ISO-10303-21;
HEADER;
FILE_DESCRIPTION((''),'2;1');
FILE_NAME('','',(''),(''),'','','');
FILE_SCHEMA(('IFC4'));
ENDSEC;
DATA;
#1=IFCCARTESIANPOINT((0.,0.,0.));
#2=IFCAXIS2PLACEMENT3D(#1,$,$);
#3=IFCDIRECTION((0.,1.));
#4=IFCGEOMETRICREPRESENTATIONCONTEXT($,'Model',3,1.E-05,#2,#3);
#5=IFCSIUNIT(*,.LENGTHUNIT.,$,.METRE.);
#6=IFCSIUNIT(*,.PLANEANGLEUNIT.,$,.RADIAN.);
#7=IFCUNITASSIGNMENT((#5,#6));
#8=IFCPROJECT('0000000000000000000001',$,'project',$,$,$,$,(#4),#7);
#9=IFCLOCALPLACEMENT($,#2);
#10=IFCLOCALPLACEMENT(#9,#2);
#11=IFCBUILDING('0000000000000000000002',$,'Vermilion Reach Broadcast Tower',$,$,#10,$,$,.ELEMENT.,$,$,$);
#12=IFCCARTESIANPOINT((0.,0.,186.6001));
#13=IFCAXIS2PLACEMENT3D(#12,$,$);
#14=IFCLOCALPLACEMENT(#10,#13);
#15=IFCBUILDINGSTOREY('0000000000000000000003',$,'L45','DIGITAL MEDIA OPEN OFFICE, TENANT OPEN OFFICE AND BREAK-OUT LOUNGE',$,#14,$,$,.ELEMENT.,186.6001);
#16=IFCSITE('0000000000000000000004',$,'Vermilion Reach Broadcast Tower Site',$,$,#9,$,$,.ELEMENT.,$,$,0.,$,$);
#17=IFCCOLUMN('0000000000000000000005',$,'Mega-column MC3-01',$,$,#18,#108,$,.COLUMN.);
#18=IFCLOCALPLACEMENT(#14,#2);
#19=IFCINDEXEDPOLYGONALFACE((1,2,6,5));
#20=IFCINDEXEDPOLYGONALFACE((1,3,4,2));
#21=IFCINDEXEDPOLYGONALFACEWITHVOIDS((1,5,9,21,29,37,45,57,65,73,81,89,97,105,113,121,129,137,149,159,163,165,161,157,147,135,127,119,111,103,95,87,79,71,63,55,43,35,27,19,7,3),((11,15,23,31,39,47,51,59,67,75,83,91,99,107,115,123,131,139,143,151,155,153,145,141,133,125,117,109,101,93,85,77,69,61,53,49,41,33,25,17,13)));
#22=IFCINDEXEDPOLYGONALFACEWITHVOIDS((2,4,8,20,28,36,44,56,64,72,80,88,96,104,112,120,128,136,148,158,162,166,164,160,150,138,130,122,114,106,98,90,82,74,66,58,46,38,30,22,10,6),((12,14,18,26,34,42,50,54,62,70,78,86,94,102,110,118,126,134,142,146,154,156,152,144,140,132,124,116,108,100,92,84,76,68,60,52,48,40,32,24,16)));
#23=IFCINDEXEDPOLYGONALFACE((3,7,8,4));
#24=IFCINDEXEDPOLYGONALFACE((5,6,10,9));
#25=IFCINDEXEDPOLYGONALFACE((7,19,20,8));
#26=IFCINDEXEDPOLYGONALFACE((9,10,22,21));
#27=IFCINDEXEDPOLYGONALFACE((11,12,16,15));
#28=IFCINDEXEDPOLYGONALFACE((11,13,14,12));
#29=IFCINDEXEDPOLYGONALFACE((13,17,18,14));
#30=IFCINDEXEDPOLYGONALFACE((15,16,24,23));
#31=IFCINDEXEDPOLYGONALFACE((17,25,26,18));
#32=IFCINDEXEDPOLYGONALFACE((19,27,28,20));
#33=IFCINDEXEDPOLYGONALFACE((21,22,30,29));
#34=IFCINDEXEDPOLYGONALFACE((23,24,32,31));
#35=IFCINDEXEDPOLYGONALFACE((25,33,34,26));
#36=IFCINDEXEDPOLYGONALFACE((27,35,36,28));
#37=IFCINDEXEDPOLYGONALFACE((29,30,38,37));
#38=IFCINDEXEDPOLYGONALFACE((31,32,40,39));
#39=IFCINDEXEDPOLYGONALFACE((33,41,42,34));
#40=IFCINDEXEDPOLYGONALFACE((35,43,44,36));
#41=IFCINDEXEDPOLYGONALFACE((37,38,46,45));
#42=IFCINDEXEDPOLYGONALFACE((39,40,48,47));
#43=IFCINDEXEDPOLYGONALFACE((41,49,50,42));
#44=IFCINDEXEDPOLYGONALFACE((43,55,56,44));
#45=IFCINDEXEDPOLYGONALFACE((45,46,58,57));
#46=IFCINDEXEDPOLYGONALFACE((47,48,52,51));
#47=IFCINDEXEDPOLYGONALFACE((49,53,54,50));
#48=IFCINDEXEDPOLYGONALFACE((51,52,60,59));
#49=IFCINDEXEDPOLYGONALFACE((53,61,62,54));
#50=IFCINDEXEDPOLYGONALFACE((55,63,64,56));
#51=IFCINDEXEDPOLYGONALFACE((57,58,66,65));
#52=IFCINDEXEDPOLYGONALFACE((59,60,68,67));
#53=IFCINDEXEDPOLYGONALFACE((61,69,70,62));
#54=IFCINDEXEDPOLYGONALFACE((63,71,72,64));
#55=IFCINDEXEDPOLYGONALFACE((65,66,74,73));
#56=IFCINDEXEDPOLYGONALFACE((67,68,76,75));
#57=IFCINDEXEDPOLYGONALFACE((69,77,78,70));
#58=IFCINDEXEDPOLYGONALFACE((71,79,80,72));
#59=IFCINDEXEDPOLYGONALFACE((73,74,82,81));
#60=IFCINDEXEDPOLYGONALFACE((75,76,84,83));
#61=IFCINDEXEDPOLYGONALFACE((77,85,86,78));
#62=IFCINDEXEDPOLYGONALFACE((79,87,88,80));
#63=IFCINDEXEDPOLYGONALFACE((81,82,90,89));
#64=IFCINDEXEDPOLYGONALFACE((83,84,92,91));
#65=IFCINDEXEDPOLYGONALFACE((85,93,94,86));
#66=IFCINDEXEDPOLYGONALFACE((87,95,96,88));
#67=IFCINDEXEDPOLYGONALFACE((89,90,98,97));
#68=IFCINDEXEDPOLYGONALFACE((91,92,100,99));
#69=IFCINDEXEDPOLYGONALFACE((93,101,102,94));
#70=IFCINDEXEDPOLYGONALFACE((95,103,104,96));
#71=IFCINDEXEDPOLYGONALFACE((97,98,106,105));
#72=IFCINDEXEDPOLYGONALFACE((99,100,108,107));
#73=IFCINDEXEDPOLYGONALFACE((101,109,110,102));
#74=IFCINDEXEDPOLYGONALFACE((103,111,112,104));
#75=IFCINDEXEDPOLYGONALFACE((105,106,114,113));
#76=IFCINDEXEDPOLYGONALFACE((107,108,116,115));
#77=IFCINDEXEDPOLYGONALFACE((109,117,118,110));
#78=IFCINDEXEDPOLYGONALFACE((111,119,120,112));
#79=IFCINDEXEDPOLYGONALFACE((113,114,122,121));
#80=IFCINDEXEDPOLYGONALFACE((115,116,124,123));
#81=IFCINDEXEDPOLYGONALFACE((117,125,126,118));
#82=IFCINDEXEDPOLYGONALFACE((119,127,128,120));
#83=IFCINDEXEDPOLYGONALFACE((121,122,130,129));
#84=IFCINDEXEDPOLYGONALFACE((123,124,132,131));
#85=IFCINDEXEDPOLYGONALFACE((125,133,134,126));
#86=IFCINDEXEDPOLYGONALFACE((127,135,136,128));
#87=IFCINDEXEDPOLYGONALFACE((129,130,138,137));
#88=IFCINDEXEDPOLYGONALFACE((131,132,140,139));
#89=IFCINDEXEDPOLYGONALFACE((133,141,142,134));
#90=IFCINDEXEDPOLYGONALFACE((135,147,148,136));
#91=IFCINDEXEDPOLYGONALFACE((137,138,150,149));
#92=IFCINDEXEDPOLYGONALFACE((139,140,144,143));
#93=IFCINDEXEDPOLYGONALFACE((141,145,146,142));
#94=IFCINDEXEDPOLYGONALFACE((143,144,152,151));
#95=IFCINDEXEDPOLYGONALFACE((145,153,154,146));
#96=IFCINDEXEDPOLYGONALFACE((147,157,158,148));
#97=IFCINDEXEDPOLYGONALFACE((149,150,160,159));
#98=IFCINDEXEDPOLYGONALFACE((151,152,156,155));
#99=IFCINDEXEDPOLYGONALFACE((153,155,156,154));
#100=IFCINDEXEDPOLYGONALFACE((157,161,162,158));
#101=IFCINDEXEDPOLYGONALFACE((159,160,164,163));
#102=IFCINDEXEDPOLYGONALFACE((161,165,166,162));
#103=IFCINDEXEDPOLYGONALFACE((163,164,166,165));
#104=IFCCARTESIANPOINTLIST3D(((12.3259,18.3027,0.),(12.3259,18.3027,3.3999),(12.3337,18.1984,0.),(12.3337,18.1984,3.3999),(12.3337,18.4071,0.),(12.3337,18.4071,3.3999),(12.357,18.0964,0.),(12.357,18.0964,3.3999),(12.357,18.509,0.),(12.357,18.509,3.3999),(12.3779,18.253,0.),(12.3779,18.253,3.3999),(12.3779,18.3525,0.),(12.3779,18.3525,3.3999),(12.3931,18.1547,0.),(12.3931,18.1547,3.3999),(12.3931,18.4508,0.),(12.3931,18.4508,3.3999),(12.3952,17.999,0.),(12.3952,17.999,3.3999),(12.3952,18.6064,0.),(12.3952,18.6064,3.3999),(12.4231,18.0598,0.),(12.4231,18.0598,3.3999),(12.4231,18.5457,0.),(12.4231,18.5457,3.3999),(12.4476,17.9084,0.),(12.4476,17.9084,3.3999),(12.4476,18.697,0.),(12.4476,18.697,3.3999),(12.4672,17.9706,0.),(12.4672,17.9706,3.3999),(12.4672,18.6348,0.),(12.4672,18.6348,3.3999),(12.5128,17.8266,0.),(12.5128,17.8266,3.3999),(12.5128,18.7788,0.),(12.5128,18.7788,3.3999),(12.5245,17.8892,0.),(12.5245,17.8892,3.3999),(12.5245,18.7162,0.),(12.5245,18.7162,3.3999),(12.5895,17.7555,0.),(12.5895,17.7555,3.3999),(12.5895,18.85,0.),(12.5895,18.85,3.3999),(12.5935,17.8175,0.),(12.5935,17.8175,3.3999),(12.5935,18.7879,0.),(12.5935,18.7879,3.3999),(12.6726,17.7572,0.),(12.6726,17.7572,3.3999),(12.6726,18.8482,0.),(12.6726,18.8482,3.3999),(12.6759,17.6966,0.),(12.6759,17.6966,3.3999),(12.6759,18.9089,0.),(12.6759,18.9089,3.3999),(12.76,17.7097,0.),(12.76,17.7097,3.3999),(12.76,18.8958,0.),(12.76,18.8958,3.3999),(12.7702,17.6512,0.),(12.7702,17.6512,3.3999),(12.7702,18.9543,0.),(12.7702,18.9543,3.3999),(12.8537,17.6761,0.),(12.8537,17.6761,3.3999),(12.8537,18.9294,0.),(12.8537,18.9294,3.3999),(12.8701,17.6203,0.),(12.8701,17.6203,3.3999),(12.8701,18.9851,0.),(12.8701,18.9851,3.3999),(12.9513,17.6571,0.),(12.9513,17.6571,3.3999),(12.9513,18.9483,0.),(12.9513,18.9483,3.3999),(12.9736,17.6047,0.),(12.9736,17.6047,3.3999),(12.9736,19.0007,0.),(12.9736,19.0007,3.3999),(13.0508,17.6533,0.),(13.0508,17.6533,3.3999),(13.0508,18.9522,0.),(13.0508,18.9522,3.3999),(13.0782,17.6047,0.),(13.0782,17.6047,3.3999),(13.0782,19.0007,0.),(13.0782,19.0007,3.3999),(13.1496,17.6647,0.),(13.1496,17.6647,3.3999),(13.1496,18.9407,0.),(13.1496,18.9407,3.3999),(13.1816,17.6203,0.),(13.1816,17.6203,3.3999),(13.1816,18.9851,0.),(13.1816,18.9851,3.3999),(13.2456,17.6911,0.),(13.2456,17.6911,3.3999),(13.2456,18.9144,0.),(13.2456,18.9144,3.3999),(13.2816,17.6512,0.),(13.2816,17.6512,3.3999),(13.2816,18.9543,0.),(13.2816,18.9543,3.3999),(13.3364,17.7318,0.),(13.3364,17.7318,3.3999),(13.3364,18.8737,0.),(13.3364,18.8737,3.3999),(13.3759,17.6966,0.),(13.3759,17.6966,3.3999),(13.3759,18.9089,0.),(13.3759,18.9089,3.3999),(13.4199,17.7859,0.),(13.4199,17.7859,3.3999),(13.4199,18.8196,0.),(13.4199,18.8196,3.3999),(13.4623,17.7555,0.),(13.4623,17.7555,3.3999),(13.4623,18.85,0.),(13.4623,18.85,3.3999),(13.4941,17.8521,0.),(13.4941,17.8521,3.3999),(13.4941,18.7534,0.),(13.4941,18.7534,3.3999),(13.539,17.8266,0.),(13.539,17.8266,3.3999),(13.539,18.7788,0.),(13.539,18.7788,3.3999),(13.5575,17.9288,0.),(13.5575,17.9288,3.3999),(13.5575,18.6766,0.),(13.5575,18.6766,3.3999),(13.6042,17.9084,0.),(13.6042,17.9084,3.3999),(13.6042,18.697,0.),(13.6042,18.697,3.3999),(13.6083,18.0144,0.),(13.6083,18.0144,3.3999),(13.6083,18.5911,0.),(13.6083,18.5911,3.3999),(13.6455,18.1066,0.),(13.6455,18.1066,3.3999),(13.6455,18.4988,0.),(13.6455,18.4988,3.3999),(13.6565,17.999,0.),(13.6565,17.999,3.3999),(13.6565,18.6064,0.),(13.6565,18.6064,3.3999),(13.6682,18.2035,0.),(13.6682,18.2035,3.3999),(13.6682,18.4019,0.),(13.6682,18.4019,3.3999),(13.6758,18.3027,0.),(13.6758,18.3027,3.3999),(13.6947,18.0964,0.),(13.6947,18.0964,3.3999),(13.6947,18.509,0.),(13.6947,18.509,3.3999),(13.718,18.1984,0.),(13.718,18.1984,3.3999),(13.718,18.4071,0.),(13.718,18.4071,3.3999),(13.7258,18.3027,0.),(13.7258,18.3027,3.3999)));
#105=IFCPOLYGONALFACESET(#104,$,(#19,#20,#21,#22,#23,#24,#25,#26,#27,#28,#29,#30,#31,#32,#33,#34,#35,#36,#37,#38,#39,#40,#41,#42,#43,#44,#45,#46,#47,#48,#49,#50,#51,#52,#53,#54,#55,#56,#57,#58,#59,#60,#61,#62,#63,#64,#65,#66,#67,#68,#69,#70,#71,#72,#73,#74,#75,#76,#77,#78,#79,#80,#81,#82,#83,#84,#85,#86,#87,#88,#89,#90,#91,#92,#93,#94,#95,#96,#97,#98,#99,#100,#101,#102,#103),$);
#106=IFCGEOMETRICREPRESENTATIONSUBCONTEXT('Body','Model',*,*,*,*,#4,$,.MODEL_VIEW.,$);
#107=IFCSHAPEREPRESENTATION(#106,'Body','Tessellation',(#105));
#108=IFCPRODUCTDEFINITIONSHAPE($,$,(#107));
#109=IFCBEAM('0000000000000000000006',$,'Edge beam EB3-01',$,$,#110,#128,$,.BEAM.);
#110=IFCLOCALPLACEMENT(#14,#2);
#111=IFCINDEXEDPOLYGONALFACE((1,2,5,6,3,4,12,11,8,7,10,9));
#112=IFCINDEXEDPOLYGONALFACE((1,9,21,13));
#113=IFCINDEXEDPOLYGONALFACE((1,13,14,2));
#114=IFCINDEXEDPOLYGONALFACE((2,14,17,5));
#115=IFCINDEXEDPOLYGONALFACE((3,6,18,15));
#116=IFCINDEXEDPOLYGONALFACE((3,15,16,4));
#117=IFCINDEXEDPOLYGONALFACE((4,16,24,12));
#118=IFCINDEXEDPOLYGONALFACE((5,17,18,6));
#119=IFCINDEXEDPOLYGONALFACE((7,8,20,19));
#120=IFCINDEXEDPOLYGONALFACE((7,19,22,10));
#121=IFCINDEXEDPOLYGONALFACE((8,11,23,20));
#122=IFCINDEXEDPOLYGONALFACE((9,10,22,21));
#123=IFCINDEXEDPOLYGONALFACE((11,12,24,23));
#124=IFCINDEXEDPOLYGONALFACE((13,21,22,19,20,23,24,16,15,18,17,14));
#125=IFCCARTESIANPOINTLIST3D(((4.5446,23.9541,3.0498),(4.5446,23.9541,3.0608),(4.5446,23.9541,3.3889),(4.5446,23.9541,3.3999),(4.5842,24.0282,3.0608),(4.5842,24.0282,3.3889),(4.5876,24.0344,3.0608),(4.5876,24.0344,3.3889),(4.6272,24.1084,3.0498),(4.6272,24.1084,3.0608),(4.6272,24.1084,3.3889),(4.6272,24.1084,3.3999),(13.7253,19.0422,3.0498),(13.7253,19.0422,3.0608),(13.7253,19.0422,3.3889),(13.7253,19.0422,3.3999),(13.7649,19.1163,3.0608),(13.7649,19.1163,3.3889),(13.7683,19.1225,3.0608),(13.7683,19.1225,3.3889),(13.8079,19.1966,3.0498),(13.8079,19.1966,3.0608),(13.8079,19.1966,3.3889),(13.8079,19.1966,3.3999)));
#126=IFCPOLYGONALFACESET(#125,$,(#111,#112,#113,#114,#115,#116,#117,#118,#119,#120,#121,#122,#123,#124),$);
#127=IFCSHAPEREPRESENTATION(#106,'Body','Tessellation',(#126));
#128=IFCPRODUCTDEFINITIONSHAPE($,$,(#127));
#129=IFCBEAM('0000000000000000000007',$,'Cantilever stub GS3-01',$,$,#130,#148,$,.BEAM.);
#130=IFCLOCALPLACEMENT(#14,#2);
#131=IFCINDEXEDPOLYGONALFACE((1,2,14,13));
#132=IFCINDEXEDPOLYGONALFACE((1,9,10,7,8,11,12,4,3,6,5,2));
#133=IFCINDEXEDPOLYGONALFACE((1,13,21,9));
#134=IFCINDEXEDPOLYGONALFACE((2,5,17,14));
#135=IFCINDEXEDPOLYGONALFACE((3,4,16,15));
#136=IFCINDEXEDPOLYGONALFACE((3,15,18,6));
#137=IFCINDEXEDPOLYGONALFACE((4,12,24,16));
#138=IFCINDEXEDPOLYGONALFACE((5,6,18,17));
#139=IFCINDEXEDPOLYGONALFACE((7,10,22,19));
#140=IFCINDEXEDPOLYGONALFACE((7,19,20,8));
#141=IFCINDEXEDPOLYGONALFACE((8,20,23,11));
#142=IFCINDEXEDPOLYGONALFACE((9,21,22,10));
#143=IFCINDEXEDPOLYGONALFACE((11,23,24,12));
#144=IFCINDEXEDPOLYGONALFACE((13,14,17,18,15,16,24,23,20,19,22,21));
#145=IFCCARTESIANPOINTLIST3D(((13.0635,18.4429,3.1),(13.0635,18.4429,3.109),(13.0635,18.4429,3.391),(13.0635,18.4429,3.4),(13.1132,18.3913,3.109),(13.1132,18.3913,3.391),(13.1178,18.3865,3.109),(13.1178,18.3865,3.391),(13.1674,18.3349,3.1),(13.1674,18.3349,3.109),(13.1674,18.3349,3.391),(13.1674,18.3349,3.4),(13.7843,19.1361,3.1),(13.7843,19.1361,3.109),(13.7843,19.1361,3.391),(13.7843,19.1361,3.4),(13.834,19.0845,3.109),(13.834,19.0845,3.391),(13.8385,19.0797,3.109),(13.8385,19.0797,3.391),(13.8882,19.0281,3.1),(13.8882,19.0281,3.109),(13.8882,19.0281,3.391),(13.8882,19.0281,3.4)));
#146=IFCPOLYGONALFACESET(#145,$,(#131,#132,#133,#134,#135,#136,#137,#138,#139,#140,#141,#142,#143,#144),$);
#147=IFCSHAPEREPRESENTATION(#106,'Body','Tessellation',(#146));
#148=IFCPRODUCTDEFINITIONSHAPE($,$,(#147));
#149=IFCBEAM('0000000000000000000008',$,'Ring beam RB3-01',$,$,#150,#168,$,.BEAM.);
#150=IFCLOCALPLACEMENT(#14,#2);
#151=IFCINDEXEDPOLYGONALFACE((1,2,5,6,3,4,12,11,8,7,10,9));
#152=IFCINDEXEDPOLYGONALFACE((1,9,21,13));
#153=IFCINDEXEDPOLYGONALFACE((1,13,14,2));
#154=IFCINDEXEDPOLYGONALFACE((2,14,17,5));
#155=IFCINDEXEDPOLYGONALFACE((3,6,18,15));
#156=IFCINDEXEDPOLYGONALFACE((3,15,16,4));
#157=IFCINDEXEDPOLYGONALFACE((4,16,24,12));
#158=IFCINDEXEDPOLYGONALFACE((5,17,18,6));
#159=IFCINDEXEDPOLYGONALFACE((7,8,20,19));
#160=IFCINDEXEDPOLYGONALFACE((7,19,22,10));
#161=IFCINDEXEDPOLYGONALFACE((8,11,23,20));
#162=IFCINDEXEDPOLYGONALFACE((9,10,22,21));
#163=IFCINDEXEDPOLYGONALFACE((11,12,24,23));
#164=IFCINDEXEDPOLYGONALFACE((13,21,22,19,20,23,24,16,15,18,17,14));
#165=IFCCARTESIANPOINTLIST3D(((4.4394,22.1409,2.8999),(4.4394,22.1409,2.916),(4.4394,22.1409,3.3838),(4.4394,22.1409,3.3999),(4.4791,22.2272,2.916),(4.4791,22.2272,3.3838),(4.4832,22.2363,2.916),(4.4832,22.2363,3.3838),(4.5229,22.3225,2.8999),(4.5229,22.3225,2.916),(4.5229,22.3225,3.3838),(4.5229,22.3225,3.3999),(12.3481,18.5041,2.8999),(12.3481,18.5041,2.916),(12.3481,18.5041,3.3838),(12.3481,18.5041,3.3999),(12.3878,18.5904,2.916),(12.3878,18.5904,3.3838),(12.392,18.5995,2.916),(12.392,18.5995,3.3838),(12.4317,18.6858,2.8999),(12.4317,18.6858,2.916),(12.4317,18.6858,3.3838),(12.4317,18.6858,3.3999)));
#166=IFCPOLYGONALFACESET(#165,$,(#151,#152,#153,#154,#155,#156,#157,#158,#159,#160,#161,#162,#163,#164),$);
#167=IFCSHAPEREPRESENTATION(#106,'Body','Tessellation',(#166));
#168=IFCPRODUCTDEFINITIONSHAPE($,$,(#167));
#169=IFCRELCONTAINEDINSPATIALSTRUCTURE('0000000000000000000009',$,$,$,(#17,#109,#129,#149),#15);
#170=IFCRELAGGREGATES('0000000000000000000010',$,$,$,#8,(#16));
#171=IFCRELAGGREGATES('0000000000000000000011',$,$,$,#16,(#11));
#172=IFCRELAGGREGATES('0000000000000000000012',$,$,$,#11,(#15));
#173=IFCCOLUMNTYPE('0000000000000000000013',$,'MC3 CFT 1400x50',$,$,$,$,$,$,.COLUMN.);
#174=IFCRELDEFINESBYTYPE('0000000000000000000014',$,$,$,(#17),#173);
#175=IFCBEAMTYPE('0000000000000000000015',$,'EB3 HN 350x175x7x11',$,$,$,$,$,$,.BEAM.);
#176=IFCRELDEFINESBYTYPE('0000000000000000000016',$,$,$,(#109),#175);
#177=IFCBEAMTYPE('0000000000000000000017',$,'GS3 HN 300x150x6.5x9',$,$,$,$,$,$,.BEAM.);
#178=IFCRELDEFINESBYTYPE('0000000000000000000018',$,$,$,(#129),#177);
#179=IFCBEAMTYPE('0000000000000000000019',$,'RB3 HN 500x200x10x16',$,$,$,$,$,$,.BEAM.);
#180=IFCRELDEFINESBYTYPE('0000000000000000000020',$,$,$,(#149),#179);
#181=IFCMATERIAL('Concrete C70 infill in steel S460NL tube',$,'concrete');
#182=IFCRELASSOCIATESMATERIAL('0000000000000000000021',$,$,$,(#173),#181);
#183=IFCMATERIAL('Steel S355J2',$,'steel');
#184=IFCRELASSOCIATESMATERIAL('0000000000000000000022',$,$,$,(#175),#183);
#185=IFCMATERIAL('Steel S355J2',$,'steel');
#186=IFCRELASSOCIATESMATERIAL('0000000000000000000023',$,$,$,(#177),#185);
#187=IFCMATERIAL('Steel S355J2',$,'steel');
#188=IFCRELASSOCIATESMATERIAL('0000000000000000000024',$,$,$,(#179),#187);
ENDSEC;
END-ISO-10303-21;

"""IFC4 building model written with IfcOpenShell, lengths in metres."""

from ifc_helpers import new_model, si_unit, direction, frame, origin, origin_2d, place, context, subcontext, project, spatial, hollow_circle, i_section, extrude, material, material_profile, profile_set, type_object, element, save


model = new_model("IFC4")

# Units and contexts
model_context = context("Model", 3, precision=1e-05, world=origin(), true_north=direction((0.0, 1.0)))
body_context = subcontext(model_context, "Body", "Model", "MODEL_VIEW")
ifc_project = project(units=[si_unit("LENGTHUNIT", "METRE"), si_unit("PLANEANGLEUNIT", "RADIAN")], contexts=[model_context])

# Site, building, storey
site_placement = place(None, origin())
site = spatial("IfcSite", under=ifc_project, at=site_placement, Name="Vermilion Reach Broadcast Tower Site", CompositionType="ELEMENT", RefElevation=0.0)
building_placement = place(site_placement, origin())
building = spatial("IfcBuilding", under=site, at=building_placement, Name="Vermilion Reach Broadcast Tower", CompositionType="ELEMENT")
storey_placement = place(building_placement, frame((0.0, 0.0, 186.6001)))
storey = spatial("IfcBuildingStorey", under=building, at=storey_placement, Name="L45", Description="DIGITAL MEDIA OPEN OFFICE, TENANT OPEN OFFICE AND BREAK-OUT LOUNGE", CompositionType="ELEMENT", Elevation=186.6001)

# Column
ifc_material_1 = material(Name="Concrete C70 infill in steel S460NL tube", Category="concrete")
ifc_material_profile_1 = material_profile(ifc_material_1, hollow_circle(Radius=0.7, WallThickness=0.05, at=origin_2d()), Name="Concrete C70 infill in steel S460NL tube CFT 1400x50")
ifc_profile_set_1 = profile_set([ifc_material_profile_1], Name="Concrete C70 infill in steel S460NL tube")
column_type = type_object("IfcColumnType", Name="MC3 CFT 1400x50", PredefinedType="COLUMN", material=ifc_profile_set_1)
column_placement = place(storey_placement, frame((13.0259, 18.3027, 0.0), z_axis=(0.0, 0.0, 1.0), x_axis=(1.0, 0.0, 0.0)))
element("IfcColumn", 1, at=column_placement, inside=storey, type_object=column_type, Name="Mega-column MC3-01", PredefinedType="COLUMN", context=body_context, shape_type="SweptSolid", body=[
    extrude(hollow_circle(Radius=0.7, WallThickness=0.05, at=origin_2d()), origin(), (0.0, 0.0, 1.0), 3.3999),
])

# Beams
ifc_material_2 = material(Name="Steel S355J2", Category="steel")
ifc_material_profile_2 = material_profile(ifc_material_2, i_section(OverallWidth=0.175, OverallDepth=0.3501, WebThickness=0.0071, FlangeThickness=0.011, at=origin_2d()), Name="S355J2 HN 350x175x7x11")
ifc_profile_set_2 = profile_set([ifc_material_profile_2], Name="Steel S355J2")
beam_type_1 = type_object("IfcBeamType", Name="EB3 HN 350x175x7x11", PredefinedType="BEAM", material=ifc_profile_set_2)
beam_1_placement = place(storey_placement, frame((13.7666, 19.1194, 3.2249), z_axis=(-0.881734, 0.471748, 0.0), x_axis=(-0.471748, -0.881734, 0.0)))
element("IfcBeam", 2, at=beam_1_placement, inside=storey, type_object=beam_type_1, Name="Edge beam EB3-01", PredefinedType="BEAM", context=body_context, shape_type="SweptSolid", body=[
    extrude(i_section(OverallWidth=0.175, OverallDepth=0.3501, WebThickness=0.0071, FlangeThickness=0.011, at=origin_2d()), origin(), (0.0, 0.0, 1.0), 10.4121),
])
ifc_material_3 = material(Name="Steel S355J2", Category="steel")
ifc_material_profile_3 = material_profile(ifc_material_3, i_section(OverallWidth=0.1499, OverallDepth=0.3, WebThickness=0.0066, FlangeThickness=0.009, at=origin_2d()), Name="S355J2 HN 300x150x6.5x9")
ifc_profile_set_3 = profile_set([ifc_material_profile_3], Name="Steel S355J2")
beam_type_2 = type_object("IfcBeamType", Name="GS3 HN 300x150x6.5x9", PredefinedType="BEAM", material=ifc_profile_set_3)
beam_2_placement = place(storey_placement, frame((13.1155, 18.3889, 3.25), z_axis=(0.720767, 0.693177, 0.0), x_axis=(-0.693177, 0.720767, 0.0)))
element("IfcBeam", 3, at=beam_2_placement, inside=storey, type_object=beam_type_2, Name="Cantilever stub GS3-01", PredefinedType="BEAM", context=body_context, shape_type="SweptSolid", body=[
    extrude(i_section(OverallWidth=0.1499, OverallDepth=0.3, WebThickness=0.0066, FlangeThickness=0.009, at=origin_2d()), origin(), (0.0, 0.0, 1.0), 1.0),
])
ifc_material_4 = material(Name="Steel S355J2", Category="steel")
ifc_material_profile_4 = material_profile(ifc_material_4, i_section(OverallWidth=0.2, OverallDepth=0.5, WebThickness=0.01, FlangeThickness=0.0161, at=origin_2d()), Name="S355J2 HN 500x200x10x16")
ifc_profile_set_4 = profile_set([ifc_material_profile_4], Name="Steel S355J2")
beam_type_3 = type_object("IfcBeamType", Name="RB3 HN 500x200x10x16", PredefinedType="BEAM", material=ifc_profile_set_4)
beam_3_placement = place(storey_placement, frame((12.3899, 18.595, 3.1499), z_axis=(-0.908546, 0.417784, 0.0), x_axis=(-0.417784, -0.908546, 0.0)))
element("IfcBeam", 4, at=beam_3_placement, inside=storey, type_object=beam_type_3, Name="Ring beam RB3-01", PredefinedType="BEAM", context=body_context, shape_type="SweptSolid", body=[
    extrude(i_section(OverallWidth=0.2, OverallDepth=0.5, WebThickness=0.01, FlangeThickness=0.0161, at=origin_2d()), origin(), (0.0, 0.0, 1.0), 8.7048),
])

save(model, "model.ifc")
